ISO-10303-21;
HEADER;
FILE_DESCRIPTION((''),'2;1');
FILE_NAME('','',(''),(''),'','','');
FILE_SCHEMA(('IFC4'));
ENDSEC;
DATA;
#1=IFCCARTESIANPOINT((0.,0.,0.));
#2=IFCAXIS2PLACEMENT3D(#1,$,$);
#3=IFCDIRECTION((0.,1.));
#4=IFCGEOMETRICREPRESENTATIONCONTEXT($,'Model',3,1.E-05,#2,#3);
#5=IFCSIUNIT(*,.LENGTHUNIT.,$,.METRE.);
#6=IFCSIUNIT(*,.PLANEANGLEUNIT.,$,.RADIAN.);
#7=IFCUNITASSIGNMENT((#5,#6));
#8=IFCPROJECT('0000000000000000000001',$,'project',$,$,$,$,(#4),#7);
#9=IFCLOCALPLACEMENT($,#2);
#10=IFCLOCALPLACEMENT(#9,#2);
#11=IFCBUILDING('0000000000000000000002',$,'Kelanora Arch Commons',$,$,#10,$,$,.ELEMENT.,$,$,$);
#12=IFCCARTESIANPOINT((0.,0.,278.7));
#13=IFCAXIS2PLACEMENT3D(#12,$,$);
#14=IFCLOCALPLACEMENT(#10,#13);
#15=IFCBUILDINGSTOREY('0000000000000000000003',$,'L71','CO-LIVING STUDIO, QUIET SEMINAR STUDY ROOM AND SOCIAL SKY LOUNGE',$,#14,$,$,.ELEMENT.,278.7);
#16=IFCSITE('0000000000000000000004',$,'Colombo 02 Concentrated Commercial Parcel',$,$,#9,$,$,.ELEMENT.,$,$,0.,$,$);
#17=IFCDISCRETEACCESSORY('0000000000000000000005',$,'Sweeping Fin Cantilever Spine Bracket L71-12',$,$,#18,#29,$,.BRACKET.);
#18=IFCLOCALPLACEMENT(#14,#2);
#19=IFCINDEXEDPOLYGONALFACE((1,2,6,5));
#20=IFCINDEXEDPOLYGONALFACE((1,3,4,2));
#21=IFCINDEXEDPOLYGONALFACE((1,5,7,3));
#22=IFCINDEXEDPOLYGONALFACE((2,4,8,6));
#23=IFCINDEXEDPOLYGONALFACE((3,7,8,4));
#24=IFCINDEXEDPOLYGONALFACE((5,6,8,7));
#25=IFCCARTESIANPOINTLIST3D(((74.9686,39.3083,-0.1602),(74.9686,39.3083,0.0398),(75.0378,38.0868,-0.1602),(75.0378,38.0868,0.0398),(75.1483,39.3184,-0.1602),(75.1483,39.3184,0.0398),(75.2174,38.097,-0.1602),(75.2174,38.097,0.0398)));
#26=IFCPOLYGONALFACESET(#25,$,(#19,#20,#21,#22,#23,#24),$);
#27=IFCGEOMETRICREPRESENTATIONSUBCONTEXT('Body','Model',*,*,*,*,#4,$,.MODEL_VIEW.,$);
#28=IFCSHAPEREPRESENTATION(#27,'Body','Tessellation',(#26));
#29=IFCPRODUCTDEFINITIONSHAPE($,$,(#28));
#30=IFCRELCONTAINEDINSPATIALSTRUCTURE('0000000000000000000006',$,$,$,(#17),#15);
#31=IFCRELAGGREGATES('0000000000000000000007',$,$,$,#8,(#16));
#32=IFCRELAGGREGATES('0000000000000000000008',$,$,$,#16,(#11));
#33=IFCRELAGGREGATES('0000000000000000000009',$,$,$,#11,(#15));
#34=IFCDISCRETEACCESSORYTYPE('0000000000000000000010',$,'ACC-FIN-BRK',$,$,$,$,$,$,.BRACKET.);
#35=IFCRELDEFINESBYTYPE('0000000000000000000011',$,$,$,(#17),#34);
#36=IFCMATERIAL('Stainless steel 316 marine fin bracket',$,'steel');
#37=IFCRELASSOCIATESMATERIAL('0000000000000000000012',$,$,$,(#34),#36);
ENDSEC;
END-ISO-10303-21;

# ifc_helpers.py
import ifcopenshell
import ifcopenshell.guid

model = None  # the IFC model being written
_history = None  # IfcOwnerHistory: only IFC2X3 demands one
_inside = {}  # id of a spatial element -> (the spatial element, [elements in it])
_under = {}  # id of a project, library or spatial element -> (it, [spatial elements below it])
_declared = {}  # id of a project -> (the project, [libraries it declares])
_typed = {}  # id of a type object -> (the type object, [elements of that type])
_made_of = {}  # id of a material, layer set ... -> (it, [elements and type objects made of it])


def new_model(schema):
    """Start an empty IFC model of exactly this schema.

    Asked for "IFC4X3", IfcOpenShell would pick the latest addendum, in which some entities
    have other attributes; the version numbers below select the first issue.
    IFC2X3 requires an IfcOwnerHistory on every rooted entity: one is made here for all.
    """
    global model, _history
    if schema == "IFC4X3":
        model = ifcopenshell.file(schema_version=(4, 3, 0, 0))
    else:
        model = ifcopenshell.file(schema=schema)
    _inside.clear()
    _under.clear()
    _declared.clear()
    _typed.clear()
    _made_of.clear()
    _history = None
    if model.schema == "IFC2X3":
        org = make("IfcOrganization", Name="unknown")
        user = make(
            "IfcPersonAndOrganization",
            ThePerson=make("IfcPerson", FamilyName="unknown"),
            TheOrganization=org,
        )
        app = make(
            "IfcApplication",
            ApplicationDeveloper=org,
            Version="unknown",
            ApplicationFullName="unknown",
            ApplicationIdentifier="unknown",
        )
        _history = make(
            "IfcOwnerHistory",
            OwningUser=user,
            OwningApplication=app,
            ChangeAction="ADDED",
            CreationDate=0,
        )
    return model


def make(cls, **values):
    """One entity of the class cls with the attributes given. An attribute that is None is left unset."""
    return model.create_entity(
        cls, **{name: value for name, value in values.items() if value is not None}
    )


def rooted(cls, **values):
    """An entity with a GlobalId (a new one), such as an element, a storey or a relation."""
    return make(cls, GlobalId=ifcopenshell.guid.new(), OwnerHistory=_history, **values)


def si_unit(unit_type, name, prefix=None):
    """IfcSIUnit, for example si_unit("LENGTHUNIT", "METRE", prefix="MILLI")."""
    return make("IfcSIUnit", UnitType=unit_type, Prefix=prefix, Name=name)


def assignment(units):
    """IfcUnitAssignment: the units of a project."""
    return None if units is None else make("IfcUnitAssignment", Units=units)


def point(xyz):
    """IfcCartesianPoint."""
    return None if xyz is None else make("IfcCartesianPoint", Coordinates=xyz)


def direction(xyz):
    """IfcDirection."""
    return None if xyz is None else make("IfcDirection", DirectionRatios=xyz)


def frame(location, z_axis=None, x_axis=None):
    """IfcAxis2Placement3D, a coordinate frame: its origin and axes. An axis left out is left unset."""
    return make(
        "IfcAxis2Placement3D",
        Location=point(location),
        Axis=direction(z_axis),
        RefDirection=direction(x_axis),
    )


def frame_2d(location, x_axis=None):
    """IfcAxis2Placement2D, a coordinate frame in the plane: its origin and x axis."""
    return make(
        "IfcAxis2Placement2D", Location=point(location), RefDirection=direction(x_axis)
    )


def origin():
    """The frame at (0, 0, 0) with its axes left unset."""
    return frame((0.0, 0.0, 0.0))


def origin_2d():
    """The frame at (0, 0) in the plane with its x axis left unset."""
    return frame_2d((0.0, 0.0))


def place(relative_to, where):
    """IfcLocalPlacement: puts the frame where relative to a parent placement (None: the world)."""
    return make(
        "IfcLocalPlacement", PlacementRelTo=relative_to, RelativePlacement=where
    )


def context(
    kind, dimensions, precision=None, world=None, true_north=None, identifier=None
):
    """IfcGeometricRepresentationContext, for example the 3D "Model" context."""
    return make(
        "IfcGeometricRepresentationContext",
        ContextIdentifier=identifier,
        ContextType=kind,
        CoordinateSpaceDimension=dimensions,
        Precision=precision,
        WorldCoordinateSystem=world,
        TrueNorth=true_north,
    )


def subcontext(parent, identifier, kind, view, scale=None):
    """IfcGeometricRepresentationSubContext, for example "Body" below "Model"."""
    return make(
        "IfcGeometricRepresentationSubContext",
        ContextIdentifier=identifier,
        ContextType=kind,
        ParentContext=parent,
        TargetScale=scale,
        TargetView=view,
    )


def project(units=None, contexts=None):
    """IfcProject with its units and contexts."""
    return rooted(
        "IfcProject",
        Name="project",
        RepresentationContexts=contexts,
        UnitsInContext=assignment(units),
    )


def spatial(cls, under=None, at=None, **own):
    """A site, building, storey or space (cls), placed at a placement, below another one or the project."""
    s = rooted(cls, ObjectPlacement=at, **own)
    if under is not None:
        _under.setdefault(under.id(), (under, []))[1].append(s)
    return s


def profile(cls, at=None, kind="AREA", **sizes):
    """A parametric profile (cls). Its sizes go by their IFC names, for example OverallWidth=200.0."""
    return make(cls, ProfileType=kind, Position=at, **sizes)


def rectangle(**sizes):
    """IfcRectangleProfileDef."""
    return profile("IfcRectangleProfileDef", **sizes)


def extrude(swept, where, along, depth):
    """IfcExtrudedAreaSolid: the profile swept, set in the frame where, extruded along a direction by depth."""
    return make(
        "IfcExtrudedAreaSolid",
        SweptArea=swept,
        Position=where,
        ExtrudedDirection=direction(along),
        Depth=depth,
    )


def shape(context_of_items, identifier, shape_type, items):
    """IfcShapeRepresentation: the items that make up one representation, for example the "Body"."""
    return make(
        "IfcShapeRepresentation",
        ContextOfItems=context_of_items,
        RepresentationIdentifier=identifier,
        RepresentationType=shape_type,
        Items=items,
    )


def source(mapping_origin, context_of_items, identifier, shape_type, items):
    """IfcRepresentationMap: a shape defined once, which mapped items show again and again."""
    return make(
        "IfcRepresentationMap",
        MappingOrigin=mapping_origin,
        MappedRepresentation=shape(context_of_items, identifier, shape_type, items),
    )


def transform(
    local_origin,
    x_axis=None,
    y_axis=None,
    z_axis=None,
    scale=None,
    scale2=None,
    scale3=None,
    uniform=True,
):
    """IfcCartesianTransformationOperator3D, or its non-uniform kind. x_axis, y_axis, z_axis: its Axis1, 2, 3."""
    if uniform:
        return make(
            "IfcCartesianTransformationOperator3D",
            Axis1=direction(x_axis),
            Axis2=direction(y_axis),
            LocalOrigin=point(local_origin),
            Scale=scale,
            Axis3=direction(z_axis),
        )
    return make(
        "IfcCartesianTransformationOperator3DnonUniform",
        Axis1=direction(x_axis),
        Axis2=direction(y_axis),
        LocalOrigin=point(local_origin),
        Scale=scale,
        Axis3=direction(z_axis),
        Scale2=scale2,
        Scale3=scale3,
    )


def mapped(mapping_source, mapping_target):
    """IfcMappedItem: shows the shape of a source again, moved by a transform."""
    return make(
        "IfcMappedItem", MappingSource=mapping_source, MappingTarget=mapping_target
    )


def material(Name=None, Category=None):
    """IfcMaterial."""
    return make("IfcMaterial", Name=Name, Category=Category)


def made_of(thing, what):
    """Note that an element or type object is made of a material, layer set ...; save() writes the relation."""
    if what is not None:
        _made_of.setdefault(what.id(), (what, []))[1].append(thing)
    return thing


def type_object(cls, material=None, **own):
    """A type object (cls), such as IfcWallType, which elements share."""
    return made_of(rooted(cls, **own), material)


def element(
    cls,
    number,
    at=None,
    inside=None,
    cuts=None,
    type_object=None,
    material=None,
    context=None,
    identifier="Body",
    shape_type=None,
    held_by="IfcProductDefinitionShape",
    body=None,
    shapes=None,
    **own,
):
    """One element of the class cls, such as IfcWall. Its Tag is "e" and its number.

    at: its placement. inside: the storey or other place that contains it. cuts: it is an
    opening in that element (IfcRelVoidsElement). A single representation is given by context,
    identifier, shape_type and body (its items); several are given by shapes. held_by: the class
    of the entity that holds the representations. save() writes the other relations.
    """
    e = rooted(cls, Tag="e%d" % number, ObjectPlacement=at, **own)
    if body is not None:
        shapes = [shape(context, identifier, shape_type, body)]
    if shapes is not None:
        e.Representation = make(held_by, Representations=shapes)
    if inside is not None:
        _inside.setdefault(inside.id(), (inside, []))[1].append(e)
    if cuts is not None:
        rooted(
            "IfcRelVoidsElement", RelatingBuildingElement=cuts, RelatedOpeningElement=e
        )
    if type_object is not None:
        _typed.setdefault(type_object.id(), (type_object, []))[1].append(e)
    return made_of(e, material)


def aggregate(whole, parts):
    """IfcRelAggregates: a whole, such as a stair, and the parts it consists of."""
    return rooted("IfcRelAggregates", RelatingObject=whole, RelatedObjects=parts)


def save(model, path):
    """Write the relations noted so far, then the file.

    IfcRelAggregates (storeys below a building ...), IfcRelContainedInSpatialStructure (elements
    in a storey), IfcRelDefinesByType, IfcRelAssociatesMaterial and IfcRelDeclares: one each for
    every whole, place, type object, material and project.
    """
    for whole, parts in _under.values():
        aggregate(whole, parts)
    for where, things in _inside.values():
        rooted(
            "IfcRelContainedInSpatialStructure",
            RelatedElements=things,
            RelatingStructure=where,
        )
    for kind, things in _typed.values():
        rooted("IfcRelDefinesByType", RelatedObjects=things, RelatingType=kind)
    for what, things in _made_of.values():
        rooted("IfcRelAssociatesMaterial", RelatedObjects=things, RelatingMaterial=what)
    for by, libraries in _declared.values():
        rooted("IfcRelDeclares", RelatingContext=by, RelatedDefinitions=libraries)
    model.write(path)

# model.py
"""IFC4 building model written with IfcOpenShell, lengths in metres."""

from ifc_helpers import new_model, si_unit, direction, frame, origin, origin_2d, place, context, subcontext, project, spatial, rectangle, extrude, source, transform, mapped, material, type_object, element, save


model = new_model("IFC4")

# Units and contexts
model_context = context("Model", 3, precision=1e-05, world=origin(), true_north=direction((0.0, 1.0)))
body_context = subcontext(model_context, "Body", "Model", "MODEL_VIEW")
ifc_project = project(units=[si_unit("LENGTHUNIT", "METRE"), si_unit("PLANEANGLEUNIT", "RADIAN")], contexts=[model_context])

# Site, building, storey
site_placement = place(None, origin())
site = spatial("IfcSite", under=ifc_project, at=site_placement, Name="Colombo 02 Concentrated Commercial Parcel", CompositionType="ELEMENT", RefElevation=0.0)
building_placement = place(site_placement, origin())
building = spatial("IfcBuilding", under=site, at=building_placement, Name="Kelanora Arch Commons", CompositionType="ELEMENT")
storey_placement = place(building_placement, frame((0.0, 0.0, 278.7)))
storey = spatial("IfcBuildingStorey", under=building, at=storey_placement, Name="L71", Description="CO-LIVING STUDIO, QUIET SEMINAR STUDY ROOM AND SOCIAL SKY LOUNGE", CompositionType="ELEMENT", Elevation=278.7)

# Discrete accessory
ifc_material_1 = material(Name="Stainless steel 316 marine fin bracket", Category="steel")
discrete_accessory_type = type_object("IfcDiscreteAccessoryType", Name="ACC-FIN-BRK", PredefinedType="BRACKET", material=ifc_material_1)
shared_shape_1 = source(origin(), body_context, "Body", "SweptSolid", [
    extrude(rectangle(XDim=1.2234, YDim=0.1799, at=origin_2d()), origin(), (0.0, 0.0, 1.0), 0.2),
])
discrete_accessory_placement = place(storey_placement, frame((75.093, 38.7026, -0.1602), z_axis=(0.0, 0.0, 1.0), x_axis=(0.056519, -0.998402, 0.0)))
element("IfcDiscreteAccessory", 1, at=discrete_accessory_placement, inside=storey, type_object=discrete_accessory_type, Name="Sweeping Fin Cantilever Spine Bracket L71-12", PredefinedType="BRACKET", context=body_context, shape_type="MappedRepresentation", body=[
    mapped(shared_shape_1, transform((0.0, 0.0, 0.0), scale=1.0)),
])

save(model, "model.ifc")
